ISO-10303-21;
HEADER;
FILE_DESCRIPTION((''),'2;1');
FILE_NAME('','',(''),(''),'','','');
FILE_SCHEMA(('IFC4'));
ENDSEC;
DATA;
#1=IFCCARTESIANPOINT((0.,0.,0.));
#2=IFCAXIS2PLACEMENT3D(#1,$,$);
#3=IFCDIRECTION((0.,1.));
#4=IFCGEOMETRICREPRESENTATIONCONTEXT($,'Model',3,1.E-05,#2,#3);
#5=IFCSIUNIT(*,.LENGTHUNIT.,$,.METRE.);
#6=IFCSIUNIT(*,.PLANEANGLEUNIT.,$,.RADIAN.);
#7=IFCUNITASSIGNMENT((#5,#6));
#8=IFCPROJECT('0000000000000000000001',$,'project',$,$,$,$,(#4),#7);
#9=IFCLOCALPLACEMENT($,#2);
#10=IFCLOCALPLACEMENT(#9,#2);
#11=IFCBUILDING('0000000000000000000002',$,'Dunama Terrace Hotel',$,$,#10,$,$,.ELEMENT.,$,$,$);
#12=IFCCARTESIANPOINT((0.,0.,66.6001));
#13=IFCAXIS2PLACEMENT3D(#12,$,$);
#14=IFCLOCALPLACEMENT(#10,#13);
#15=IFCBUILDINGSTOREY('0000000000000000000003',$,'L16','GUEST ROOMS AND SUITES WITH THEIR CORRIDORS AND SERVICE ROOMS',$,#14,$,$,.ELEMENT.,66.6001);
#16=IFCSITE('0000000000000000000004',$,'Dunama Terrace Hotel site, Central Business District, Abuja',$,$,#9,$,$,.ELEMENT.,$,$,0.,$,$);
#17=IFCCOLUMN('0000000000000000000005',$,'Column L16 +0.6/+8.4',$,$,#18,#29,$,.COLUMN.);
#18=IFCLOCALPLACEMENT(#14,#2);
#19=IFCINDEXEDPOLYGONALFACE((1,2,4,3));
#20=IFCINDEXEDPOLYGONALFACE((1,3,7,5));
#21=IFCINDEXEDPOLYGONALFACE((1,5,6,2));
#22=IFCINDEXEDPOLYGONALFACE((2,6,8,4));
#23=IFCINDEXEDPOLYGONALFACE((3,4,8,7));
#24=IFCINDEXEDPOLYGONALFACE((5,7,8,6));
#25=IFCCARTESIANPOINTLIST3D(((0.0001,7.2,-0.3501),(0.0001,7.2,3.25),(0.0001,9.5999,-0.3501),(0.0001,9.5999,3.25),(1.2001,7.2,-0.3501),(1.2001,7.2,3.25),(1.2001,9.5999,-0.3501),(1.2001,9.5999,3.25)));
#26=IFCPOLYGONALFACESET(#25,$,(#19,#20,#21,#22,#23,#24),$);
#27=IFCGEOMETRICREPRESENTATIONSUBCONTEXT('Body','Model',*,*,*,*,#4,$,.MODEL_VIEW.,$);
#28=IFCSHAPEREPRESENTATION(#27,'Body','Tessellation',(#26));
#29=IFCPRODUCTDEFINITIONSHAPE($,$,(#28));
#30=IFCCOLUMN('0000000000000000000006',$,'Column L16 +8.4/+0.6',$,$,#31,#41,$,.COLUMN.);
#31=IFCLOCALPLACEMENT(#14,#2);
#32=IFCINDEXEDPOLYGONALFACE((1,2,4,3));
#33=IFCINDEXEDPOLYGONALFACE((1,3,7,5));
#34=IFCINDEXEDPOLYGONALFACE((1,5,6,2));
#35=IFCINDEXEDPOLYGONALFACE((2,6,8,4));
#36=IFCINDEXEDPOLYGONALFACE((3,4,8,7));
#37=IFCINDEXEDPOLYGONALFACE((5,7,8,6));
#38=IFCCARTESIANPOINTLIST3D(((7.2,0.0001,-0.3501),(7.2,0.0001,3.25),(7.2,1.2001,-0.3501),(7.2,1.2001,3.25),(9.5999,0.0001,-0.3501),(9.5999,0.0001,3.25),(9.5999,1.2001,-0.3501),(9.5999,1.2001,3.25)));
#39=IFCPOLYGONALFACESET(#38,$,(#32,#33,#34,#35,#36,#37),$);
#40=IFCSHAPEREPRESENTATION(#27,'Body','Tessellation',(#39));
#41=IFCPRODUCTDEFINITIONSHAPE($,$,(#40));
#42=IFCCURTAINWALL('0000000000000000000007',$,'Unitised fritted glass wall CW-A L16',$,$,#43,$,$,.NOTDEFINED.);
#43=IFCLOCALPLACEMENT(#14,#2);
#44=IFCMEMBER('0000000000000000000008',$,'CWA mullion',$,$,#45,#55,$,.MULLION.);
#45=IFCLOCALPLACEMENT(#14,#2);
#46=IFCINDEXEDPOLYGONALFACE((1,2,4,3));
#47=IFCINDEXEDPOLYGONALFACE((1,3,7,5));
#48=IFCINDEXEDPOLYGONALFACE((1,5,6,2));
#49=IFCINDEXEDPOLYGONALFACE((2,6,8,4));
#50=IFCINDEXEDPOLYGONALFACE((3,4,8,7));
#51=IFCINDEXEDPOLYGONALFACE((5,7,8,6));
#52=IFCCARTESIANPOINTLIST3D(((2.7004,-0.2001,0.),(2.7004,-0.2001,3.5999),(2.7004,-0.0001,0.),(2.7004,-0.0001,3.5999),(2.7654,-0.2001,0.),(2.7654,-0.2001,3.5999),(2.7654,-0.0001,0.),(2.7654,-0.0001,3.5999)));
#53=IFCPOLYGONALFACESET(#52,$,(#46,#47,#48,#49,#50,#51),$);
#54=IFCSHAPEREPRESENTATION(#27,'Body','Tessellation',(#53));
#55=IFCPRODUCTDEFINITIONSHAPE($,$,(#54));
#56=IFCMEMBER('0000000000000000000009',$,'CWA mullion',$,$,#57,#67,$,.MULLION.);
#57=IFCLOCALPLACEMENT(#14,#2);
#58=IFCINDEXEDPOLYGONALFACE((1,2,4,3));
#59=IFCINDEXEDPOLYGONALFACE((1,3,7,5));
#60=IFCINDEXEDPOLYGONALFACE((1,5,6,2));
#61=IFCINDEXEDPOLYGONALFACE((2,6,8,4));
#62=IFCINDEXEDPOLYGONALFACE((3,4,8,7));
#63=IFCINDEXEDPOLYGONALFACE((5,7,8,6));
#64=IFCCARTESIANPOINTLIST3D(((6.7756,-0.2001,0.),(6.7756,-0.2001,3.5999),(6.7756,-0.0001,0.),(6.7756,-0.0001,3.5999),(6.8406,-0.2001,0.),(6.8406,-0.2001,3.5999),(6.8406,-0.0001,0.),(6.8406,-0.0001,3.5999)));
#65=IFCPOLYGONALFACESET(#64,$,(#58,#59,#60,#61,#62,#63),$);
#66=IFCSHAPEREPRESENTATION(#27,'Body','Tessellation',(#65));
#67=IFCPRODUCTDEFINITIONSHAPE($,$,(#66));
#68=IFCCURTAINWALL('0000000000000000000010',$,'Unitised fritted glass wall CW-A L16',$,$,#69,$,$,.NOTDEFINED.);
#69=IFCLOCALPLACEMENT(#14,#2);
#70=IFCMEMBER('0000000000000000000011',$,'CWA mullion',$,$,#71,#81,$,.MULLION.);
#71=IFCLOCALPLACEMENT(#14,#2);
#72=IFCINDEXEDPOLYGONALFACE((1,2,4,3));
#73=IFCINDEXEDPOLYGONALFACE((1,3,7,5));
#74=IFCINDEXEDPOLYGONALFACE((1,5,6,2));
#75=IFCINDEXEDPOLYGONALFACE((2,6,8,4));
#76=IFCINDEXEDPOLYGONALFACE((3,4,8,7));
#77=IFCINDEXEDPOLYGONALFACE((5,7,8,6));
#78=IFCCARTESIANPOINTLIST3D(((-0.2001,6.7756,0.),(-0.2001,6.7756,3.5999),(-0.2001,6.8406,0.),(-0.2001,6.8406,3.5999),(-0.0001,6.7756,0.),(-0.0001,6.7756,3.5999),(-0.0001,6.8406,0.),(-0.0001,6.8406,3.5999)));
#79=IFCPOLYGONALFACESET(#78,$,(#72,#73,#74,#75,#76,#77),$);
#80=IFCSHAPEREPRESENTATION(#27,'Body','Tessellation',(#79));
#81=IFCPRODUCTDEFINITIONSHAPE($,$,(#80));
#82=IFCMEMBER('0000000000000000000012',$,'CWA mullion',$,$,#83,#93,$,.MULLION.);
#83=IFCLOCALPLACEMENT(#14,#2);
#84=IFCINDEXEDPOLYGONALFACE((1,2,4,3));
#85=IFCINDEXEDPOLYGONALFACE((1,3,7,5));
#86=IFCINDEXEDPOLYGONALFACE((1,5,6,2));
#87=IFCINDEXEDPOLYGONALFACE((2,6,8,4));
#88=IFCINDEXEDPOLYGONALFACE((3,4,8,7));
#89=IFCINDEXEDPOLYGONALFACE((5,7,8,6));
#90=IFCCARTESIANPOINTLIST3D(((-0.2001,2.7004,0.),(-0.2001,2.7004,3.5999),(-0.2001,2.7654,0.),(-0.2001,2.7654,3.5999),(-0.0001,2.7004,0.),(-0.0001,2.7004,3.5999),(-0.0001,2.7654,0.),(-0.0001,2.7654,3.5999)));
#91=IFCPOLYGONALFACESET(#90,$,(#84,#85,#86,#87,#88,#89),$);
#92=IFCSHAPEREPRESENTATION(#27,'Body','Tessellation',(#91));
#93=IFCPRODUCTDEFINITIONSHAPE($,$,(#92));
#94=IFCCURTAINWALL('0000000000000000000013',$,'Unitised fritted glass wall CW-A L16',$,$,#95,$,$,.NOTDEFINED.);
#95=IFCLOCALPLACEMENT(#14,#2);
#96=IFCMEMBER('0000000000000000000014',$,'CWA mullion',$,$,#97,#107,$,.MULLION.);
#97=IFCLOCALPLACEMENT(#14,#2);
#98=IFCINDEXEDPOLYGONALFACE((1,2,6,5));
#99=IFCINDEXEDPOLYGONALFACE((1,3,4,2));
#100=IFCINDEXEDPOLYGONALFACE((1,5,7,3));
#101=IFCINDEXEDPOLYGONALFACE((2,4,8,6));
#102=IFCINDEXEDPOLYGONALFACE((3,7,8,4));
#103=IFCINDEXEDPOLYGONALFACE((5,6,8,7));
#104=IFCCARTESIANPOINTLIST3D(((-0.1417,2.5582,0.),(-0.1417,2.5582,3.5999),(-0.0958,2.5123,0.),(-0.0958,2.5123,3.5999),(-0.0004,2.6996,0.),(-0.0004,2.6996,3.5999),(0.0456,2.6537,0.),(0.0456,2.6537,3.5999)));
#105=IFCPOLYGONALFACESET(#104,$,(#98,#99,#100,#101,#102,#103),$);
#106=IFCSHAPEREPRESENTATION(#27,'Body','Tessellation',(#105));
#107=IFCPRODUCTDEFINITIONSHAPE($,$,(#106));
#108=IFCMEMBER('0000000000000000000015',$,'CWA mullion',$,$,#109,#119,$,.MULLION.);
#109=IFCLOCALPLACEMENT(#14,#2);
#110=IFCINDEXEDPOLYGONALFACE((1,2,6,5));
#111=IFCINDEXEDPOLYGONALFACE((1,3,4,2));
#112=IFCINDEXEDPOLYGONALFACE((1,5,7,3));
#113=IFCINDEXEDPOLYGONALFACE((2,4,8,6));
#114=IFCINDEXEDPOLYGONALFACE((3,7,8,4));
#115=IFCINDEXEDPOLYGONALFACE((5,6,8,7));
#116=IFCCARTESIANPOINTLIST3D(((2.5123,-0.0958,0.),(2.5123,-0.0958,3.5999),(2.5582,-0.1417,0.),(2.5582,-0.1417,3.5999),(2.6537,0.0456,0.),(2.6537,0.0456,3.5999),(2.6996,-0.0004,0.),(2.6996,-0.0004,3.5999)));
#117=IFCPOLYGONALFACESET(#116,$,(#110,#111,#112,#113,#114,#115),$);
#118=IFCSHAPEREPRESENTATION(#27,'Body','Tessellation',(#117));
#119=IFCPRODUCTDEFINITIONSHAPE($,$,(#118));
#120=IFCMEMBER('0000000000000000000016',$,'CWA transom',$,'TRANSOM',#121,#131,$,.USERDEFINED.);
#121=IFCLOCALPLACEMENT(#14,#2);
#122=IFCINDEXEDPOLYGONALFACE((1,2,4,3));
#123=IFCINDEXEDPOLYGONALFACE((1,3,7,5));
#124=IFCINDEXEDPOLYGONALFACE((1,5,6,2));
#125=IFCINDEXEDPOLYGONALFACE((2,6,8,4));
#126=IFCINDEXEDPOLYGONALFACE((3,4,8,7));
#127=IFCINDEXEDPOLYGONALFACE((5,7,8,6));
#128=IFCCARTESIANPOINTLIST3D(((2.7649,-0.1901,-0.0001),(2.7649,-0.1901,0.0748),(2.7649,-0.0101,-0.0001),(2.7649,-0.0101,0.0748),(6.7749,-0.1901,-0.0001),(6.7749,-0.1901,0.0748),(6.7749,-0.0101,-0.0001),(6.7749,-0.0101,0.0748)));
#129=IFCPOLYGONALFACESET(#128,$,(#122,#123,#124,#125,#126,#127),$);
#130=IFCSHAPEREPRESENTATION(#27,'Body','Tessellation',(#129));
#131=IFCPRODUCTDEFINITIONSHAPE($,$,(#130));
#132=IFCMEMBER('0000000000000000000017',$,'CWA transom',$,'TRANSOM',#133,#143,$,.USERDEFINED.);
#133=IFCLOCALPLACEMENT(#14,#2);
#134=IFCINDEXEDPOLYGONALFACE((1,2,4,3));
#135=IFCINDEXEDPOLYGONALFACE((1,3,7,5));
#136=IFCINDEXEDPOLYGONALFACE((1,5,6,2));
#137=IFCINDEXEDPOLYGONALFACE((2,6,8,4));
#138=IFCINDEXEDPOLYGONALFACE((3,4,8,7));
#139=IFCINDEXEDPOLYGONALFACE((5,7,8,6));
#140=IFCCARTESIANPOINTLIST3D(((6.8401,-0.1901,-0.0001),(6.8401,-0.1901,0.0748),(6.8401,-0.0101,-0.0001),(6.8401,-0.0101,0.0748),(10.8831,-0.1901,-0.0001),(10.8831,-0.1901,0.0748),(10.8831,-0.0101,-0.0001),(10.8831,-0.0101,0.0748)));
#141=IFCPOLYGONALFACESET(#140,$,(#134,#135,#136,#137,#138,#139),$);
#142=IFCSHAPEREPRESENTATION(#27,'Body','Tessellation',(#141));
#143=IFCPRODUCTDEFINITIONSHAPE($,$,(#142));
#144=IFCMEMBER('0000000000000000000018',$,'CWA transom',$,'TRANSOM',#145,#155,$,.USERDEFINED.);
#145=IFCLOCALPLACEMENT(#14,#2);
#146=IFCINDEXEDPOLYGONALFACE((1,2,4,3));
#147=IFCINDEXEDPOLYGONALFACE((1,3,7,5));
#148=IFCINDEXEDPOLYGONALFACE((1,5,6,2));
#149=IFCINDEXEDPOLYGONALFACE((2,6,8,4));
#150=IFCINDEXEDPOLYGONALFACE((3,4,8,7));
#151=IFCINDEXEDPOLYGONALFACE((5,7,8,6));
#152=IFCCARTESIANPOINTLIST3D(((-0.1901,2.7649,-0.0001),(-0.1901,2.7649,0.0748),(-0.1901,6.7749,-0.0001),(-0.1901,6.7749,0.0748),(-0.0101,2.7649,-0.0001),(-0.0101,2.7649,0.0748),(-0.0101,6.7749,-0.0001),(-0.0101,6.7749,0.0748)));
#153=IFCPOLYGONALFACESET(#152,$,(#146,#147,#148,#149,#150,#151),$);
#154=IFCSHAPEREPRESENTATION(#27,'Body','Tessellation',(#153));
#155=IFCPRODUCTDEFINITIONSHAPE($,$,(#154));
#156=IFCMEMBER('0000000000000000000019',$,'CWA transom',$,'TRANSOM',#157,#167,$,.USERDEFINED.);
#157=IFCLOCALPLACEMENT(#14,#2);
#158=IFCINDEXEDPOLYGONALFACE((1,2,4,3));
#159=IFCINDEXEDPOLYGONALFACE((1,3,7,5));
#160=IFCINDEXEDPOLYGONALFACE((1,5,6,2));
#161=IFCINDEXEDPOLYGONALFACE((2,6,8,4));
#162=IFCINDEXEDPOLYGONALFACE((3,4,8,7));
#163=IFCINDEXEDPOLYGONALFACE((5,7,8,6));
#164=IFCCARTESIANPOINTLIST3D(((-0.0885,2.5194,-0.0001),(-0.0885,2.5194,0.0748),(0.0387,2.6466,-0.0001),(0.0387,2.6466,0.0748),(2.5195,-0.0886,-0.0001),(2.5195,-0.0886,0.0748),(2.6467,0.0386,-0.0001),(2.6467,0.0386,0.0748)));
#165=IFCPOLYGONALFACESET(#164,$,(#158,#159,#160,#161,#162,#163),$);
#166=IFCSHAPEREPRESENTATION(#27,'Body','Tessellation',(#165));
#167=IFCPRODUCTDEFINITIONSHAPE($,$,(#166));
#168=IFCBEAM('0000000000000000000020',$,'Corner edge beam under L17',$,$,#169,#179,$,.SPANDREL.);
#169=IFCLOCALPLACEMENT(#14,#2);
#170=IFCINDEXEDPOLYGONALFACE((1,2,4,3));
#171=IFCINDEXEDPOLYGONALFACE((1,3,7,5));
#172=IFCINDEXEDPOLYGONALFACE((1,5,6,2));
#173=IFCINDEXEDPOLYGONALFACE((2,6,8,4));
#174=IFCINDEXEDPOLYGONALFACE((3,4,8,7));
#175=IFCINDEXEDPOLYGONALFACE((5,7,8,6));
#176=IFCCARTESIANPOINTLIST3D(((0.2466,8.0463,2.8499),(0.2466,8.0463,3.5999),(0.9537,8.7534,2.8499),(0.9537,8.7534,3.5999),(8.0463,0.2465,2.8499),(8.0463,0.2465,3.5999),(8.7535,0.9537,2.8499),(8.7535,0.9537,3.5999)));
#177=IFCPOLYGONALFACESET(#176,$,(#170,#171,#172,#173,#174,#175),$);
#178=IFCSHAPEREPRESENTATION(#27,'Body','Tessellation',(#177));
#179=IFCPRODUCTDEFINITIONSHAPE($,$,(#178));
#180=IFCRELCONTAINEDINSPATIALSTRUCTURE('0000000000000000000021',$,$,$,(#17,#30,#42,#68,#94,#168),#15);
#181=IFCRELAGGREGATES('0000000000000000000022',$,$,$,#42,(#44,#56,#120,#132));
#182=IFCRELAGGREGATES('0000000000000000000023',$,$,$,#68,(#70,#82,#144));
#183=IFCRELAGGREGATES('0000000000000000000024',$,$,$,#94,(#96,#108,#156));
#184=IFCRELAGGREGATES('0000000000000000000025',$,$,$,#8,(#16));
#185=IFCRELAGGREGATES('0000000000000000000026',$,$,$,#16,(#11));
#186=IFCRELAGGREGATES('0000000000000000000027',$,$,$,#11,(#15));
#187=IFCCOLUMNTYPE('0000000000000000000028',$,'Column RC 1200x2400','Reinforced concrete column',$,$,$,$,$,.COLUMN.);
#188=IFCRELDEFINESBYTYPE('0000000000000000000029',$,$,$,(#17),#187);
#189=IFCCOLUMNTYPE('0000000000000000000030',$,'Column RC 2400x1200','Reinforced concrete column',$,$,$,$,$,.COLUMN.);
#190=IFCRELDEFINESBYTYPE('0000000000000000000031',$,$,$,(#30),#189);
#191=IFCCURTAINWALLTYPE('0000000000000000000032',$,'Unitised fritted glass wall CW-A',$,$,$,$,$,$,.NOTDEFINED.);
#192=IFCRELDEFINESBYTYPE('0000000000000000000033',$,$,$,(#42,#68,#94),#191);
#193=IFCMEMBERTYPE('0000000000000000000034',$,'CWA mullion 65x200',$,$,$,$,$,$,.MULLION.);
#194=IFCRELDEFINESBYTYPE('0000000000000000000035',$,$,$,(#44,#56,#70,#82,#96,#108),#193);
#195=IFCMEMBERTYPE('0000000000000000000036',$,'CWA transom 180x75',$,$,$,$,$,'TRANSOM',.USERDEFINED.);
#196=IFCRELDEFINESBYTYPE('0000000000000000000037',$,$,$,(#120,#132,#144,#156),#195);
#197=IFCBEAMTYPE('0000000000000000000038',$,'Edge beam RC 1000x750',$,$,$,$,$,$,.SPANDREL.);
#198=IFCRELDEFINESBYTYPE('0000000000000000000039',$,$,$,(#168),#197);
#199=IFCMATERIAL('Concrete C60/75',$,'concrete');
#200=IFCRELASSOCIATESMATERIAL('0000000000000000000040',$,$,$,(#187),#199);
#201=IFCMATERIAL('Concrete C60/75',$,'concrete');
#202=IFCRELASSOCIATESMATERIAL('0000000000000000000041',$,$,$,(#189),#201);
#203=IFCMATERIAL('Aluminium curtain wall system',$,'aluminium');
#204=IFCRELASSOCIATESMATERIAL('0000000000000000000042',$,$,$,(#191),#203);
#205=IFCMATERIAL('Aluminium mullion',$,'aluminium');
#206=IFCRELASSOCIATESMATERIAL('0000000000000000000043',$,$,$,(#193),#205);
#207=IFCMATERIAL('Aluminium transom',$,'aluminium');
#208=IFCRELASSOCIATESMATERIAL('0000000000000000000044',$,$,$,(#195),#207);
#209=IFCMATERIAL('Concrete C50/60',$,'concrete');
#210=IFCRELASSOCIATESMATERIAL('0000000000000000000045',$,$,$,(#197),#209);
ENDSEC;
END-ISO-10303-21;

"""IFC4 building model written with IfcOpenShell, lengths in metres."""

from ifc_helpers import new_model, si_unit, direction, frame, origin, origin_2d, place, context, subcontext, project, spatial, rectangle, extrude, material, material_profile, profile_set, type_object, element, aggregate, save


model = new_model("IFC4")

# Units and contexts
model_context = context("Model", 3, precision=1e-05, world=origin(), true_north=direction((0.0, 1.0)))
body_context = subcontext(model_context, "Body", "Model", "MODEL_VIEW")
ifc_project = project(units=[si_unit("LENGTHUNIT", "METRE"), si_unit("PLANEANGLEUNIT", "RADIAN")], contexts=[model_context])

# Site, building, storey
site_placement = place(None, origin())
site = spatial("IfcSite", under=ifc_project, at=site_placement, Name="Dunama Terrace Hotel site, Central Business District, Abuja", CompositionType="ELEMENT", RefElevation=0.0)
building_placement = place(site_placement, origin())
building = spatial("IfcBuilding", under=site, at=building_placement, Name="Dunama Terrace Hotel", CompositionType="ELEMENT")
storey_placement = place(building_placement, frame((0.0, 0.0, 66.6001)))
storey = spatial("IfcBuildingStorey", under=building, at=storey_placement, Name="L16", Description="GUEST ROOMS AND SUITES WITH THEIR CORRIDORS AND SERVICE ROOMS", CompositionType="ELEMENT", Elevation=66.6001)

# Columns
ifc_material_1 = material(Name="Concrete C60/75", Category="concrete")
ifc_material_profile_1 = material_profile(ifc_material_1, rectangle(XDim=1.2, YDim=2.3999, at=origin_2d()), Name="RC 1200x2400")
ifc_profile_set_1 = profile_set([ifc_material_profile_1], Name="Concrete C60/75")
column_type_1 = type_object("IfcColumnType", Name="Column RC 1200x2400", Description="Reinforced concrete column", PredefinedType="COLUMN", material=ifc_profile_set_1)
column_1_placement = place(storey_placement, frame((0.6001, 8.3999, -0.3501), z_axis=(0.0, 0.0, 1.0), x_axis=(1.0, 0.0, 0.0)))
element("IfcColumn", 1, at=column_1_placement, inside=storey, type_object=column_type_1, Name="Column L16 +0.6/+8.4", PredefinedType="COLUMN", context=body_context, shape_type="SweptSolid", body=[
    extrude(rectangle(XDim=1.2, YDim=2.3999, at=origin_2d()), origin(), (0.0, 0.0, 1.0), 3.6001),
])
ifc_material_2 = material(Name="Concrete C60/75", Category="concrete")
ifc_material_profile_2 = material_profile(ifc_material_2, rectangle(XDim=2.3999, YDim=1.2, at=origin_2d()), Name="RC 2400x1200")
ifc_profile_set_2 = profile_set([ifc_material_profile_2], Name="Concrete C60/75")
column_type_2 = type_object("IfcColumnType", Name="Column RC 2400x1200", Description="Reinforced concrete column", PredefinedType="COLUMN", material=ifc_profile_set_2)
column_2_placement = place(storey_placement, frame((8.3999, 0.6001, -0.3501), z_axis=(0.0, 0.0, 1.0), x_axis=(1.0, 0.0, 0.0)))
element("IfcColumn", 2, at=column_2_placement, inside=storey, type_object=column_type_2, Name="Column L16 +8.4/+0.6", PredefinedType="COLUMN", context=body_context, shape_type="SweptSolid", body=[
    extrude(rectangle(XDim=2.3999, YDim=1.2, at=origin_2d()), origin(), (0.0, 0.0, 1.0), 3.6001),
])

# Curtain walls, members
ifc_material_3 = material(Name="Aluminium curtain wall system", Category="aluminium")
curtain_wall_type = type_object("IfcCurtainWallType", Name="Unitised fritted glass wall CW-A", PredefinedType="NOTDEFINED", material=ifc_material_3)
curtain_wall_1_placement = place(storey_placement, origin())
curtain_wall_1 = element("IfcCurtainWall", 3, at=curtain_wall_1_placement, inside=storey, type_object=curtain_wall_type, Name="Unitised fritted glass wall CW-A L16", PredefinedType="NOTDEFINED")
ifc_material_4 = material(Name="Aluminium mullion", Category="aluminium")
ifc_material_profile_3 = material_profile(ifc_material_4, rectangle(XDim=0.0649, YDim=0.2, at=origin_2d()), Name="CWA MULLION 65X200")
ifc_profile_set_3 = profile_set([ifc_material_profile_3], Name="Aluminium mullion")
member_type_1 = type_object("IfcMemberType", Name="CWA mullion 65x200", PredefinedType="MULLION", material=ifc_profile_set_3)
member_1_placement = place(storey_placement, frame((2.7329, -0.1001, 0.0), z_axis=(0.0, 0.0, 1.0), x_axis=(1.0, 0.0, 0.0)))
member_1 = element("IfcMember", 4, at=member_1_placement, type_object=member_type_1, Name="CWA mullion", PredefinedType="MULLION", context=body_context, shape_type="SweptSolid", body=[
    extrude(rectangle(XDim=0.0649, YDim=0.2, at=origin_2d()), origin(), (0.0, 0.0, 1.0), 3.5999),
])
member_2_placement = place(storey_placement, frame((6.8081, -0.1001, 0.0), z_axis=(0.0, 0.0, 1.0), x_axis=(1.0, 0.0, 0.0)))
member_2 = element("IfcMember", 5, at=member_2_placement, type_object=member_type_1, Name="CWA mullion", PredefinedType="MULLION", context=body_context, shape_type="SweptSolid", body=[
    extrude(rectangle(XDim=0.0649, YDim=0.2, at=origin_2d()), origin(), (0.0, 0.0, 1.0), 3.5999),
])
curtain_wall_2_placement = place(storey_placement, origin())
curtain_wall_2 = element("IfcCurtainWall", 6, at=curtain_wall_2_placement, inside=storey, type_object=curtain_wall_type, Name="Unitised fritted glass wall CW-A L16", PredefinedType="NOTDEFINED")
member_3_placement = place(storey_placement, frame((-0.1001, 6.8081, 0.0), z_axis=(0.0, 0.0, 1.0), x_axis=(0.0, -1.0, 0.0)))
member_3 = element("IfcMember", 7, at=member_3_placement, type_object=member_type_1, Name="CWA mullion", PredefinedType="MULLION", context=body_context, shape_type="SweptSolid", body=[
    extrude(rectangle(XDim=0.0649, YDim=0.2, at=origin_2d()), origin(), (0.0, 0.0, 1.0), 3.5999),
])
member_4_placement = place(storey_placement, frame((-0.1001, 2.7329, 0.0), z_axis=(0.0, 0.0, 1.0), x_axis=(0.0, -1.0, 0.0)))
member_4 = element("IfcMember", 8, at=member_4_placement, type_object=member_type_1, Name="CWA mullion", PredefinedType="MULLION", context=body_context, shape_type="SweptSolid", body=[
    extrude(rectangle(XDim=0.0649, YDim=0.2, at=origin_2d()), origin(), (0.0, 0.0, 1.0), 3.5999),
])
curtain_wall_3_placement = place(storey_placement, origin())
curtain_wall_3 = element("IfcCurtainWall", 9, at=curtain_wall_3_placement, inside=storey, type_object=curtain_wall_type, Name="Unitised fritted glass wall CW-A L16", PredefinedType="NOTDEFINED")
member_5_placement = place(storey_placement, frame((-0.0481, 2.606, 0.0), z_axis=(0.0, 0.0, 1.0), x_axis=(0.707107, -0.707107, 0.0)))
member_5 = element("IfcMember", 10, at=member_5_placement, type_object=member_type_1, Name="CWA mullion", PredefinedType="MULLION", context=body_context, shape_type="SweptSolid", body=[
    extrude(rectangle(XDim=0.0649, YDim=0.2, at=origin_2d()), origin(), (0.0, 0.0, 1.0), 3.5999),
])
member_6_placement = place(storey_placement, frame((2.606, -0.0481, 0.0), z_axis=(0.0, 0.0, 1.0), x_axis=(0.707107, -0.707107, 0.0)))
member_6 = element("IfcMember", 11, at=member_6_placement, type_object=member_type_1, Name="CWA mullion", PredefinedType="MULLION", context=body_context, shape_type="SweptSolid", body=[
    extrude(rectangle(XDim=0.0649, YDim=0.2, at=origin_2d()), origin(), (0.0, 0.0, 1.0), 3.5999),
])

# Members
ifc_material_5 = material(Name="Aluminium transom", Category="aluminium")
ifc_material_profile_4 = material_profile(ifc_material_5, rectangle(XDim=0.1799, YDim=0.075, at=origin_2d()), Name="CWA TRANSOM 180X75")
ifc_profile_set_4 = profile_set([ifc_material_profile_4], Name="Aluminium transom")
member_type_2 = type_object("IfcMemberType", Name="CWA transom 180x75", ElementType="TRANSOM", PredefinedType="USERDEFINED", material=ifc_profile_set_4)
member_7_placement = place(storey_placement, frame((2.7649, -0.1001, 0.0374), z_axis=(1.0, 0.0, 0.0), x_axis=(0.0, 1.0, 0.0)))
member_7 = element("IfcMember", 12, at=member_7_placement, type_object=member_type_2, Name="CWA transom", ObjectType="TRANSOM", PredefinedType="USERDEFINED", context=body_context, shape_type="SweptSolid", body=[
    extrude(rectangle(XDim=0.1799, YDim=0.075, at=origin_2d()), origin(), (0.0, 0.0, 1.0), 4.01),
])
member_8_placement = place(storey_placement, frame((6.8401, -0.1001, 0.0374), z_axis=(1.0, 0.0, 0.0), x_axis=(0.0, 1.0, 0.0)))
member_8 = element("IfcMember", 13, at=member_8_placement, type_object=member_type_2, Name="CWA transom", ObjectType="TRANSOM", PredefinedType="USERDEFINED", context=body_context, shape_type="SweptSolid", body=[
    extrude(rectangle(XDim=0.1799, YDim=0.075, at=origin_2d()), origin(), (0.0, 0.0, 1.0), 4.043),
])
member_9_placement = place(storey_placement, frame((-0.1001, 6.7749, 0.0374), z_axis=(0.0, -1.0, 0.0), x_axis=(1.0, 0.0, 0.0)))
member_9 = element("IfcMember", 14, at=member_9_placement, type_object=member_type_2, Name="CWA transom", ObjectType="TRANSOM", PredefinedType="USERDEFINED", context=body_context, shape_type="SweptSolid", body=[
    extrude(rectangle(XDim=0.1799, YDim=0.075, at=origin_2d()), origin(), (0.0, 0.0, 1.0), 4.01),
])
member_10_placement = place(storey_placement, frame((-0.0249, 2.583, 0.0374), z_axis=(0.707107, -0.707107, 0.0), x_axis=(0.707107, 0.707107, 0.0)))
member_10 = element("IfcMember", 15, at=member_10_placement, type_object=member_type_2, Name="CWA transom", ObjectType="TRANSOM", PredefinedType="USERDEFINED", context=body_context, shape_type="SweptSolid", body=[
    extrude(rectangle(XDim=0.1799, YDim=0.075, at=origin_2d()), origin(), (0.0, 0.0, 1.0), 3.6882),
])

# Beam
ifc_material_6 = material(Name="Concrete C50/60", Category="concrete")
ifc_material_profile_5 = material_profile(ifc_material_6, rectangle(XDim=1.0, YDim=0.75, at=origin_2d()), Name="RC 1000x750")
ifc_profile_set_5 = profile_set([ifc_material_profile_5], Name="Concrete C50/60")
beam_type_1 = type_object("IfcBeamType", Name="Edge beam RC 1000x750", PredefinedType="SPANDREL", material=ifc_profile_set_5)
beam_placement = place(storey_placement, frame((8.3999, 0.6001, 3.2249), z_axis=(-0.707107, 0.707107, 0.0), x_axis=(-0.707107, -0.707107, 0.0)))
element("IfcBeam", 16, at=beam_placement, inside=storey, type_object=beam_type_1, Name="Corner edge beam under L17", PredefinedType="SPANDREL", context=body_context, shape_type="SweptSolid", body=[
    extrude(rectangle(XDim=1.0, YDim=0.75, at=origin_2d()), origin(), (0.0, 0.0, 1.0), 11.0305),
])

aggregate(curtain_wall_1, [member_1, member_2, member_7, member_8])
aggregate(curtain_wall_2, [member_3, member_4, member_9])
aggregate(curtain_wall_3, [member_5, member_6, member_10])

save(model, "model.ifc")
